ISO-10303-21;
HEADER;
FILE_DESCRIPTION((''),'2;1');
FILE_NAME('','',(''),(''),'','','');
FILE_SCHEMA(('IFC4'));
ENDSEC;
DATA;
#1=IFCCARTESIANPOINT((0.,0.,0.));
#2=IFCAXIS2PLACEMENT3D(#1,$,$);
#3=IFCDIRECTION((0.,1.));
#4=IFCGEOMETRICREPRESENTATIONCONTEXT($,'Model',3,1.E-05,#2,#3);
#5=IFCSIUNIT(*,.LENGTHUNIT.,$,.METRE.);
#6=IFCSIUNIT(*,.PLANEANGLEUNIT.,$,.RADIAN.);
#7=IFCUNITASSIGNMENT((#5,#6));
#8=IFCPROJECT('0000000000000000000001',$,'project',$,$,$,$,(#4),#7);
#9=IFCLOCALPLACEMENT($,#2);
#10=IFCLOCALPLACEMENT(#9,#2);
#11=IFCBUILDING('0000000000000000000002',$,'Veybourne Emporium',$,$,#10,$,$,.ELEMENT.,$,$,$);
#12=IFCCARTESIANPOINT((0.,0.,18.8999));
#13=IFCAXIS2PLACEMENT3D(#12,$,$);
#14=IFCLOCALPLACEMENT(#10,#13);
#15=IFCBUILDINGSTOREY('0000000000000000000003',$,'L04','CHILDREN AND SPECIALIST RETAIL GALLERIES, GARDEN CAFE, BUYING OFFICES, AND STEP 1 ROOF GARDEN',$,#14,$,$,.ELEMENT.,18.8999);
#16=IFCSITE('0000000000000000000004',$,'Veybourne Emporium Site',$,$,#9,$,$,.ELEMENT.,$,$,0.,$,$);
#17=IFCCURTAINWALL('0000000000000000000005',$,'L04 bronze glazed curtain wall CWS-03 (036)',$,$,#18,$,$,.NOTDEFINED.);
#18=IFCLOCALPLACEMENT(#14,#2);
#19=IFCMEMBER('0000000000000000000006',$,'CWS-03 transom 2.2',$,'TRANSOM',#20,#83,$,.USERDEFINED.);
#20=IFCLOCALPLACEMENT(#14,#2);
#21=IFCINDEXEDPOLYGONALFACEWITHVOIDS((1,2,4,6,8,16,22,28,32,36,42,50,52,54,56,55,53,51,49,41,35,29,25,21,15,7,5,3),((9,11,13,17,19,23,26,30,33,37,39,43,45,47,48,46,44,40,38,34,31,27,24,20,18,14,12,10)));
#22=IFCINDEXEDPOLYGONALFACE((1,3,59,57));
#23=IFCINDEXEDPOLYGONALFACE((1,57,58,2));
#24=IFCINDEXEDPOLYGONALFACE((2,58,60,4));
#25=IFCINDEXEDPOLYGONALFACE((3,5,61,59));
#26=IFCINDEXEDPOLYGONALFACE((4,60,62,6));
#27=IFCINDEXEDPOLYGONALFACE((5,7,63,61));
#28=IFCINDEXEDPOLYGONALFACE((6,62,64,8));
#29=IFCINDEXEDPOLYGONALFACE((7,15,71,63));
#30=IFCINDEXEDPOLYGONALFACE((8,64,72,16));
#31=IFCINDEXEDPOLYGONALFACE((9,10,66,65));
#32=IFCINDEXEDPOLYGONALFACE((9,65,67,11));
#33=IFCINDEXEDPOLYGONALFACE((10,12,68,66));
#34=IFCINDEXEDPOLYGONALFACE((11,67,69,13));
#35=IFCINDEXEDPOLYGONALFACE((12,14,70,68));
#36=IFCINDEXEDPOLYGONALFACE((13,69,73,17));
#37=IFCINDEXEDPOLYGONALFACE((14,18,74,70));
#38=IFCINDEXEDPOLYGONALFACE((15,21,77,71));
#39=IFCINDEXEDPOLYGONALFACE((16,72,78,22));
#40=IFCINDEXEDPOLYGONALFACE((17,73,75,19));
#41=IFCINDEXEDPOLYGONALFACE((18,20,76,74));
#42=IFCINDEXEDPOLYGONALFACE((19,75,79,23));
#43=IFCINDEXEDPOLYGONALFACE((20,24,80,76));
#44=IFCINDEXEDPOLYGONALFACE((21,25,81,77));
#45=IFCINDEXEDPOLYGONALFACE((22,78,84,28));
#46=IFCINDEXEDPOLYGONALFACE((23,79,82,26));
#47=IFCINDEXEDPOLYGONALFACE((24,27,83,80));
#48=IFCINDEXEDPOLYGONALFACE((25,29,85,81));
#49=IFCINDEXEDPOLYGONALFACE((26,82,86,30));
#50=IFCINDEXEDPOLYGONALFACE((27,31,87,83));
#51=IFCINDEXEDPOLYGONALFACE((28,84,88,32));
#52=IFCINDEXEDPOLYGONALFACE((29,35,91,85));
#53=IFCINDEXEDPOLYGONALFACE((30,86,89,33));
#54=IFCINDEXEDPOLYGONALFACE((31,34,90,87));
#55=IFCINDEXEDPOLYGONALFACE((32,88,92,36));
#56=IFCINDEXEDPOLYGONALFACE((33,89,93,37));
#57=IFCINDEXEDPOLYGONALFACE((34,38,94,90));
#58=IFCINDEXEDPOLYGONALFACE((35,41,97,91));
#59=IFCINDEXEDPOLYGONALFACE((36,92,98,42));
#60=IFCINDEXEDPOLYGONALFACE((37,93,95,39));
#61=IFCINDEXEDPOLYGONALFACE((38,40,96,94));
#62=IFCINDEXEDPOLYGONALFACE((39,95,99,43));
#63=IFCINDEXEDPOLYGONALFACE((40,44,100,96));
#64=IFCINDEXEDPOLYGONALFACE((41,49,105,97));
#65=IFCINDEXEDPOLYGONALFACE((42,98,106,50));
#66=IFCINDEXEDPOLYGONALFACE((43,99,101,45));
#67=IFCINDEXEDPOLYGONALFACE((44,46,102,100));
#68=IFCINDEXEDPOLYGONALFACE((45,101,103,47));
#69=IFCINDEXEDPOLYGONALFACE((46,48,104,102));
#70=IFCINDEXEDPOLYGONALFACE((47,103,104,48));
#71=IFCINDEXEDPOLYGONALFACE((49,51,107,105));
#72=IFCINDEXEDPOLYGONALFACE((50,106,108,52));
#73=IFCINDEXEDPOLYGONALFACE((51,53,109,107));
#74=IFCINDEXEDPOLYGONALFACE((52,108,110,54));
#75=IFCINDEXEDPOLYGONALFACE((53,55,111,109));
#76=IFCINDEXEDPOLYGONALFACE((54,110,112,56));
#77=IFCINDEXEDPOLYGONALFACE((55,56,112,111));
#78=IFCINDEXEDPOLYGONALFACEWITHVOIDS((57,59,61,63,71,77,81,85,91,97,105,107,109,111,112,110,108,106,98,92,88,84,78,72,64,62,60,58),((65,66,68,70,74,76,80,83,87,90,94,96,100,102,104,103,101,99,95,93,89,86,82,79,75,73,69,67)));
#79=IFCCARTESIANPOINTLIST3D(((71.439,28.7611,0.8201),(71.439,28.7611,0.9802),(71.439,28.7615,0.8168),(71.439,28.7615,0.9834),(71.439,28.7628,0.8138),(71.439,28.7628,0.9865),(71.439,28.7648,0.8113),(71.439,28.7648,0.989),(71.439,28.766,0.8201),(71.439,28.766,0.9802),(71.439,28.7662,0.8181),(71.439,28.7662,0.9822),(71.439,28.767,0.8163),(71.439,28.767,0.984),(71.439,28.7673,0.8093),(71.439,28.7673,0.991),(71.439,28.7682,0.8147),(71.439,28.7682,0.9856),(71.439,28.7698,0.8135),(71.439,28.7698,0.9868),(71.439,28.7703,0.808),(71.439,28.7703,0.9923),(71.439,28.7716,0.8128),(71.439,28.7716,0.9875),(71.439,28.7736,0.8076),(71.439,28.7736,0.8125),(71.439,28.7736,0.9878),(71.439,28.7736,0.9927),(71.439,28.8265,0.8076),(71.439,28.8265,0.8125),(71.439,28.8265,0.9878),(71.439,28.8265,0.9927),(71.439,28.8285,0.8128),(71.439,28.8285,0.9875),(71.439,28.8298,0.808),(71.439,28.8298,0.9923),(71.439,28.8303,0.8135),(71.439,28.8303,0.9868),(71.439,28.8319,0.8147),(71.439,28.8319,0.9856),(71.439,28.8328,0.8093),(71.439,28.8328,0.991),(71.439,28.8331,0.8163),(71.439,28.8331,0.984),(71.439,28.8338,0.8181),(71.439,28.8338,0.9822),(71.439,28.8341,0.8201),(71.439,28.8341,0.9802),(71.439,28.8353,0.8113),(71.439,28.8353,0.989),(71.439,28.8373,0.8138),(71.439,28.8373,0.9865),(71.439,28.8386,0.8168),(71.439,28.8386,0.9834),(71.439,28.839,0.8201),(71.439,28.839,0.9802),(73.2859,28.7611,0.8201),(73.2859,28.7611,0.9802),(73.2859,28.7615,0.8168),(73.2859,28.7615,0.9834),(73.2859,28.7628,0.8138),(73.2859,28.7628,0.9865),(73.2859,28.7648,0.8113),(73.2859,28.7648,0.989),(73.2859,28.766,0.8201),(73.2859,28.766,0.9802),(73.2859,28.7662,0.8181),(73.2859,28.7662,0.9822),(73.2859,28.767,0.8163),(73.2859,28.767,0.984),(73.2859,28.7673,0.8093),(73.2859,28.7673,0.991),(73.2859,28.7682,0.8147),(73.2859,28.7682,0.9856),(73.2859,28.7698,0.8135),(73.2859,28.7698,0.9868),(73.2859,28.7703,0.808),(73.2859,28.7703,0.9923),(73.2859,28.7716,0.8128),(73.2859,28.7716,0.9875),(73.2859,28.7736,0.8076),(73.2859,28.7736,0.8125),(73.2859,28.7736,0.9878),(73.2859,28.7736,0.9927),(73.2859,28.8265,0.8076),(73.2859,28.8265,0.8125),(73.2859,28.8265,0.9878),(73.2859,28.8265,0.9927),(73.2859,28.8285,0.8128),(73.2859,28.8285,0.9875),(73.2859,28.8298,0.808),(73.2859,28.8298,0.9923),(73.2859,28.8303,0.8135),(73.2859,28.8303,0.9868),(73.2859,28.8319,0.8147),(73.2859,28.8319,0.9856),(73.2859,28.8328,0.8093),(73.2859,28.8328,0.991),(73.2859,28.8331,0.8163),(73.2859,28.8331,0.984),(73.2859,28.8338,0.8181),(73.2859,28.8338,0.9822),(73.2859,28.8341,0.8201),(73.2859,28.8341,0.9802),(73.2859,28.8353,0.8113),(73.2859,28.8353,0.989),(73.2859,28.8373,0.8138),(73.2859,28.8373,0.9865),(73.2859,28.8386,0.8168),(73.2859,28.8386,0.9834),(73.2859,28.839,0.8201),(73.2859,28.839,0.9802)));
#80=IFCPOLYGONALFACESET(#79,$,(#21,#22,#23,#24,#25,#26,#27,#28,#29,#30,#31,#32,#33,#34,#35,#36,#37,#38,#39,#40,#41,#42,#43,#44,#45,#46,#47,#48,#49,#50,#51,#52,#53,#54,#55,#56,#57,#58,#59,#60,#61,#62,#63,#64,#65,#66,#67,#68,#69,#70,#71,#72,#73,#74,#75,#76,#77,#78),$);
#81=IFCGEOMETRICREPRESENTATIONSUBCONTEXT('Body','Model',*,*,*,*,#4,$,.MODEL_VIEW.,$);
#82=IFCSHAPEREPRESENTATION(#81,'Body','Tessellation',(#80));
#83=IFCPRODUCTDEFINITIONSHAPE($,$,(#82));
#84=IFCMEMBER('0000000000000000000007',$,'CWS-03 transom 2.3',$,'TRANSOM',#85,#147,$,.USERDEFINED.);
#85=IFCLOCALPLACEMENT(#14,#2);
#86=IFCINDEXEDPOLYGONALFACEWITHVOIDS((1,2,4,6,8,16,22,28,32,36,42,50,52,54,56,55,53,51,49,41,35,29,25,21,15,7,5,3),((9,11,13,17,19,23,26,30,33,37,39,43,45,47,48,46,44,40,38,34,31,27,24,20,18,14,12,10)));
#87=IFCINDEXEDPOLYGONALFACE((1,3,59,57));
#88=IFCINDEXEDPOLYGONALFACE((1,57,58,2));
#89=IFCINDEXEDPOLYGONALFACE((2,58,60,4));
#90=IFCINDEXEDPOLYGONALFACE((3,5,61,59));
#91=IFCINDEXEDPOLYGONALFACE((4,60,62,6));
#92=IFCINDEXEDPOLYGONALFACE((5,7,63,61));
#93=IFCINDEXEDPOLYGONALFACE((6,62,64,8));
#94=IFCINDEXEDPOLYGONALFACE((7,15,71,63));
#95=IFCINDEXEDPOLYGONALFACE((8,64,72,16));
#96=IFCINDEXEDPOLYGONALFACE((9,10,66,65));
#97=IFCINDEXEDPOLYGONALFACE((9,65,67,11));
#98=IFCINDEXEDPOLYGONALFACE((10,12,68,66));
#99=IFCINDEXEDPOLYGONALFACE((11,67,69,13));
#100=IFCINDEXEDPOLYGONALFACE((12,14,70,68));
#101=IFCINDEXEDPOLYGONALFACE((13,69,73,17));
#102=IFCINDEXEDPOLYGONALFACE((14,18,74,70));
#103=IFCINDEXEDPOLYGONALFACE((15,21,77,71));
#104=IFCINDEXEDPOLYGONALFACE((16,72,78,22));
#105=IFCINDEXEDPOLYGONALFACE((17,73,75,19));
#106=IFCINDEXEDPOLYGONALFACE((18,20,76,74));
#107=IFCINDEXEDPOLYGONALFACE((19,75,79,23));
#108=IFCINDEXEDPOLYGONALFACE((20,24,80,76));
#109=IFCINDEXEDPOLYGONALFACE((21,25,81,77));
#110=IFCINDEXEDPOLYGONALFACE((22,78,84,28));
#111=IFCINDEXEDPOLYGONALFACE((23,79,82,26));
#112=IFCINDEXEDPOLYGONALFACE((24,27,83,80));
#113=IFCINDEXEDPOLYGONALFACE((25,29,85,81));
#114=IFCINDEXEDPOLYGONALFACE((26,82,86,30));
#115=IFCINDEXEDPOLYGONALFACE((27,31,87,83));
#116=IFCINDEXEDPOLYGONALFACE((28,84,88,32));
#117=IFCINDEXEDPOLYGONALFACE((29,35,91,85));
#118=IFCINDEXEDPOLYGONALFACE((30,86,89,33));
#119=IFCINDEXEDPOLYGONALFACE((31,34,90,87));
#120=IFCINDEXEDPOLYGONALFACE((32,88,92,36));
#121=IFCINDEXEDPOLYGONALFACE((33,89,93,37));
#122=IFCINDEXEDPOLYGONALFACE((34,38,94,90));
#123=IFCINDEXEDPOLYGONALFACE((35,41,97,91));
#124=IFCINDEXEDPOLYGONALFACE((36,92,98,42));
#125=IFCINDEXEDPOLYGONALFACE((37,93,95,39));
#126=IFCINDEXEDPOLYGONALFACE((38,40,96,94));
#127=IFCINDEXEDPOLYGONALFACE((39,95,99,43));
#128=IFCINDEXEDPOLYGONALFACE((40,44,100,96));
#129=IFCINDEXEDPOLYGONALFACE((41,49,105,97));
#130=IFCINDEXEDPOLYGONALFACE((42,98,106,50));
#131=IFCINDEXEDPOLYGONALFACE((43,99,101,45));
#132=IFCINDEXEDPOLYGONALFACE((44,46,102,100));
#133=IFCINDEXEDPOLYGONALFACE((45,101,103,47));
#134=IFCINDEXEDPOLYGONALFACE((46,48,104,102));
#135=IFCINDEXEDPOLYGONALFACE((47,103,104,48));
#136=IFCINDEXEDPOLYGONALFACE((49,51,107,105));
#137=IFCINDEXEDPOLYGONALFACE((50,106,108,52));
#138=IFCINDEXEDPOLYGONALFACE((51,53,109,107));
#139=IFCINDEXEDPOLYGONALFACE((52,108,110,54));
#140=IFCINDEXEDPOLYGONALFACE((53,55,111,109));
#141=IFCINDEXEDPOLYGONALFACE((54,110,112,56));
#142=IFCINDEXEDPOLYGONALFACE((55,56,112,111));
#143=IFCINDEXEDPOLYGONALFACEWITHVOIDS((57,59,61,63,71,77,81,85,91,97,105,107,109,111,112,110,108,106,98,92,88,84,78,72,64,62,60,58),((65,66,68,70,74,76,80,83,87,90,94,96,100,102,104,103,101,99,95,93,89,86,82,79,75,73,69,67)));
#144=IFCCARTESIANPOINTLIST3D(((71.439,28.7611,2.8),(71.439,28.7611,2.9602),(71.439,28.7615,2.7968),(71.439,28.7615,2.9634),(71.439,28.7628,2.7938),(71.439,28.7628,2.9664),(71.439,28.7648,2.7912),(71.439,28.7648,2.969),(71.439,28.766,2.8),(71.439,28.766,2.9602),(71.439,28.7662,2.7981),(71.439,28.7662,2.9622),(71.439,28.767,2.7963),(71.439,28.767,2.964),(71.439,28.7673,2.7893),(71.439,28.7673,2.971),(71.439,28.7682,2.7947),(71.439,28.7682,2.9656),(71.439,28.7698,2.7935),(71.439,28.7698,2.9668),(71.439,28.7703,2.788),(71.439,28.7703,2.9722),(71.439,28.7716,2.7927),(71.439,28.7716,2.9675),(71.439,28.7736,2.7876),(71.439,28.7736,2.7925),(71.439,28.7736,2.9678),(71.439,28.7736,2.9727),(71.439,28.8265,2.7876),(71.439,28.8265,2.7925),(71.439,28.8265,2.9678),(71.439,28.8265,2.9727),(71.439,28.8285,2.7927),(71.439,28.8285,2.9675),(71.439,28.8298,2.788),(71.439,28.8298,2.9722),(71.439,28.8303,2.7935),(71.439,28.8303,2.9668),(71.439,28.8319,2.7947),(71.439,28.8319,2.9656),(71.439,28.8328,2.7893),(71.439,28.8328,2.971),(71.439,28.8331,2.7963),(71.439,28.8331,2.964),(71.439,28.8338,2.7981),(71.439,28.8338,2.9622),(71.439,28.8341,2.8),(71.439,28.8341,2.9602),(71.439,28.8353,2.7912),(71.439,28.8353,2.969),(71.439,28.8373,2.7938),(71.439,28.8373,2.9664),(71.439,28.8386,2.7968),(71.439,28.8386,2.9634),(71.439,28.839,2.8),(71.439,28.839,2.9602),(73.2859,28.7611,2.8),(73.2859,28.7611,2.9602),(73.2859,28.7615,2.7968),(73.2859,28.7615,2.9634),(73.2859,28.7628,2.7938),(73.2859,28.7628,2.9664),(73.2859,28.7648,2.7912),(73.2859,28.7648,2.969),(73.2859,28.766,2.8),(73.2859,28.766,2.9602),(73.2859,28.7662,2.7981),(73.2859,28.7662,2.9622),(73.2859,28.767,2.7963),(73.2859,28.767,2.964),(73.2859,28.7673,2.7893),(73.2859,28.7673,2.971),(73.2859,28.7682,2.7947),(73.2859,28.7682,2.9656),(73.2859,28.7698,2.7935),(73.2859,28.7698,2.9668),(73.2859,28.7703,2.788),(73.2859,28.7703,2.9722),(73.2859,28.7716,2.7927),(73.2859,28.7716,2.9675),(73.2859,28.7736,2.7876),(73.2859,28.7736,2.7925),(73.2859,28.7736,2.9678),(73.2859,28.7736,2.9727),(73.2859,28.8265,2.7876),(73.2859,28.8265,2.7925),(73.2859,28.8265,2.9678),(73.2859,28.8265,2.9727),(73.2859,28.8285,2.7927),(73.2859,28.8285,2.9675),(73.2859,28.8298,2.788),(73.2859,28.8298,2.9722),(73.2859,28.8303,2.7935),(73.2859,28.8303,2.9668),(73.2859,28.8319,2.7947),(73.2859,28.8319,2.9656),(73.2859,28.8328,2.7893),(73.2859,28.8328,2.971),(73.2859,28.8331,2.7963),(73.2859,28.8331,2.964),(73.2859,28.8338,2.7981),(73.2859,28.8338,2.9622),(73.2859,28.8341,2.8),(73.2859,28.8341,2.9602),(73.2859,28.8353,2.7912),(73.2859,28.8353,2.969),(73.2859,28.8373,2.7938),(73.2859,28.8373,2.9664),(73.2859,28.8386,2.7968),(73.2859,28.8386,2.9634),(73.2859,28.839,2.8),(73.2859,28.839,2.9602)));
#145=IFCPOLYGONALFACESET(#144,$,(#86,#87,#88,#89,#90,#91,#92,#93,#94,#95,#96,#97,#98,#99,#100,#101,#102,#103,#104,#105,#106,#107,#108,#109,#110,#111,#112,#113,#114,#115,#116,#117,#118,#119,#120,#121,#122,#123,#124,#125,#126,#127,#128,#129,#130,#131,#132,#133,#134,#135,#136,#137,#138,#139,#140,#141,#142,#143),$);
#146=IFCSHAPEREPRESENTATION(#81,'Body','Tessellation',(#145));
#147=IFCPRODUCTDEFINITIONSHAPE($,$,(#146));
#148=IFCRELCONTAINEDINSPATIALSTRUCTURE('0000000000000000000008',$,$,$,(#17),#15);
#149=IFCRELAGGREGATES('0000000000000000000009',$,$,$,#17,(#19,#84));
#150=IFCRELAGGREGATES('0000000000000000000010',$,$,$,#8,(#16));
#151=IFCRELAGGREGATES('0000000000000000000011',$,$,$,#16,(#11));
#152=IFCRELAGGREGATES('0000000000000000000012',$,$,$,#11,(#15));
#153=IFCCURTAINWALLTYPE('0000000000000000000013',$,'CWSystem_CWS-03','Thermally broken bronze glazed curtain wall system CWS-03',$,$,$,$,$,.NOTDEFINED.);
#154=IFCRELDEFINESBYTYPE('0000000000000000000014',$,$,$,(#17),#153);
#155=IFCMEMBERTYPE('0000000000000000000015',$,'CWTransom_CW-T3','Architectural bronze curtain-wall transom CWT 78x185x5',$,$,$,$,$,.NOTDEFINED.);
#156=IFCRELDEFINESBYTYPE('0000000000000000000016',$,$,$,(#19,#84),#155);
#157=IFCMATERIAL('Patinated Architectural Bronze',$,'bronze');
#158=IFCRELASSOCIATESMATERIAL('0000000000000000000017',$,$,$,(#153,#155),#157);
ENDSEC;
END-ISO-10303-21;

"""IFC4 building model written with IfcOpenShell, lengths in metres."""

from ifc_helpers import new_model, si_unit, direction, frame, origin, origin_2d, place, context, subcontext, project, spatial, hollow_rectangle, extrude, material, material_profile, profile_set, type_object, element, aggregate, save


model = new_model("IFC4")

# Units and contexts
model_context = context("Model", 3, precision=1e-05, world=origin(), true_north=direction((0.0, 1.0)))
body_context = subcontext(model_context, "Body", "Model", "MODEL_VIEW")
ifc_project = project(units=[si_unit("LENGTHUNIT", "METRE"), si_unit("PLANEANGLEUNIT", "RADIAN")], contexts=[model_context])

# Site, building, storey
site_placement = place(None, origin())
site = spatial("IfcSite", under=ifc_project, at=site_placement, Name="Veybourne Emporium Site", CompositionType="ELEMENT", RefElevation=0.0)
building_placement = place(site_placement, origin())
building = spatial("IfcBuilding", under=site, at=building_placement, Name="Veybourne Emporium", CompositionType="ELEMENT")
storey_placement = place(building_placement, frame((0.0, 0.0, 18.8999)))
storey = spatial("IfcBuildingStorey", under=building, at=storey_placement, Name="L04", Description="CHILDREN AND SPECIALIST RETAIL GALLERIES, GARDEN CAFE, BUYING OFFICES, AND STEP 1 ROOF GARDEN", CompositionType="ELEMENT", Elevation=18.8999)

# Curtain wall, members
ifc_material_1 = material(Name="Patinated Architectural Bronze", Category="bronze")
curtain_wall_type = type_object("IfcCurtainWallType", Name="CWSystem_CWS-03", Description="Thermally broken bronze glazed curtain wall system CWS-03", PredefinedType="NOTDEFINED", material=ifc_material_1)
curtain_wall_placement = place(storey_placement, origin())
curtain_wall = element("IfcCurtainWall", 1, at=curtain_wall_placement, inside=storey, type_object=curtain_wall_type, Name="L04 bronze glazed curtain wall CWS-03 (036)", PredefinedType="NOTDEFINED")
ifc_material_profile_1 = material_profile(ifc_material_1, hollow_rectangle(XDim=0.0779, YDim=0.1851, WallThickness=0.0049, InnerFilletRadius=0.0076, OuterFilletRadius=0.0125, at=origin_2d()), Name="CWT 78x185x5")
ifc_profile_set_1 = profile_set([ifc_material_profile_1], Name="Patinated Architectural Bronze")
member_type_1 = type_object("IfcMemberType", Name="CWTransom_CW-T3", Description="Architectural bronze curtain-wall transom CWT 78x185x5", PredefinedType="NOTDEFINED", material=ifc_profile_set_1)
member_1_placement = place(storey_placement, frame((73.2859, 28.8, 0.9001), z_axis=(-1.0, 0.0, 0.0), x_axis=(0.0, -1.0, 0.0)))
member_1 = element("IfcMember", 2, at=member_1_placement, type_object=member_type_1, Name="CWS-03 transom 2.2", ObjectType="TRANSOM", PredefinedType="USERDEFINED", context=body_context, shape_type="SweptSolid", body=[
    extrude(hollow_rectangle(XDim=0.0779, YDim=0.1851, WallThickness=0.0049, InnerFilletRadius=0.0076, OuterFilletRadius=0.0125, at=origin_2d()), origin(), (0.0, 0.0, 1.0), 1.8469),
])
member_2_placement = place(storey_placement, frame((73.2859, 28.8, 2.8801), z_axis=(-1.0, 0.0, 0.0), x_axis=(0.0, -1.0, 0.0)))
member_2 = element("IfcMember", 3, at=member_2_placement, type_object=member_type_1, Name="CWS-03 transom 2.3", ObjectType="TRANSOM", PredefinedType="USERDEFINED", context=body_context, shape_type="SweptSolid", body=[
    extrude(hollow_rectangle(XDim=0.0779, YDim=0.1851, WallThickness=0.0049, InnerFilletRadius=0.0076, OuterFilletRadius=0.0125, at=origin_2d()), origin(), (0.0, 0.0, 1.0), 1.8469),
])
aggregate(curtain_wall, [member_1, member_2])

save(model, "model.ifc")
